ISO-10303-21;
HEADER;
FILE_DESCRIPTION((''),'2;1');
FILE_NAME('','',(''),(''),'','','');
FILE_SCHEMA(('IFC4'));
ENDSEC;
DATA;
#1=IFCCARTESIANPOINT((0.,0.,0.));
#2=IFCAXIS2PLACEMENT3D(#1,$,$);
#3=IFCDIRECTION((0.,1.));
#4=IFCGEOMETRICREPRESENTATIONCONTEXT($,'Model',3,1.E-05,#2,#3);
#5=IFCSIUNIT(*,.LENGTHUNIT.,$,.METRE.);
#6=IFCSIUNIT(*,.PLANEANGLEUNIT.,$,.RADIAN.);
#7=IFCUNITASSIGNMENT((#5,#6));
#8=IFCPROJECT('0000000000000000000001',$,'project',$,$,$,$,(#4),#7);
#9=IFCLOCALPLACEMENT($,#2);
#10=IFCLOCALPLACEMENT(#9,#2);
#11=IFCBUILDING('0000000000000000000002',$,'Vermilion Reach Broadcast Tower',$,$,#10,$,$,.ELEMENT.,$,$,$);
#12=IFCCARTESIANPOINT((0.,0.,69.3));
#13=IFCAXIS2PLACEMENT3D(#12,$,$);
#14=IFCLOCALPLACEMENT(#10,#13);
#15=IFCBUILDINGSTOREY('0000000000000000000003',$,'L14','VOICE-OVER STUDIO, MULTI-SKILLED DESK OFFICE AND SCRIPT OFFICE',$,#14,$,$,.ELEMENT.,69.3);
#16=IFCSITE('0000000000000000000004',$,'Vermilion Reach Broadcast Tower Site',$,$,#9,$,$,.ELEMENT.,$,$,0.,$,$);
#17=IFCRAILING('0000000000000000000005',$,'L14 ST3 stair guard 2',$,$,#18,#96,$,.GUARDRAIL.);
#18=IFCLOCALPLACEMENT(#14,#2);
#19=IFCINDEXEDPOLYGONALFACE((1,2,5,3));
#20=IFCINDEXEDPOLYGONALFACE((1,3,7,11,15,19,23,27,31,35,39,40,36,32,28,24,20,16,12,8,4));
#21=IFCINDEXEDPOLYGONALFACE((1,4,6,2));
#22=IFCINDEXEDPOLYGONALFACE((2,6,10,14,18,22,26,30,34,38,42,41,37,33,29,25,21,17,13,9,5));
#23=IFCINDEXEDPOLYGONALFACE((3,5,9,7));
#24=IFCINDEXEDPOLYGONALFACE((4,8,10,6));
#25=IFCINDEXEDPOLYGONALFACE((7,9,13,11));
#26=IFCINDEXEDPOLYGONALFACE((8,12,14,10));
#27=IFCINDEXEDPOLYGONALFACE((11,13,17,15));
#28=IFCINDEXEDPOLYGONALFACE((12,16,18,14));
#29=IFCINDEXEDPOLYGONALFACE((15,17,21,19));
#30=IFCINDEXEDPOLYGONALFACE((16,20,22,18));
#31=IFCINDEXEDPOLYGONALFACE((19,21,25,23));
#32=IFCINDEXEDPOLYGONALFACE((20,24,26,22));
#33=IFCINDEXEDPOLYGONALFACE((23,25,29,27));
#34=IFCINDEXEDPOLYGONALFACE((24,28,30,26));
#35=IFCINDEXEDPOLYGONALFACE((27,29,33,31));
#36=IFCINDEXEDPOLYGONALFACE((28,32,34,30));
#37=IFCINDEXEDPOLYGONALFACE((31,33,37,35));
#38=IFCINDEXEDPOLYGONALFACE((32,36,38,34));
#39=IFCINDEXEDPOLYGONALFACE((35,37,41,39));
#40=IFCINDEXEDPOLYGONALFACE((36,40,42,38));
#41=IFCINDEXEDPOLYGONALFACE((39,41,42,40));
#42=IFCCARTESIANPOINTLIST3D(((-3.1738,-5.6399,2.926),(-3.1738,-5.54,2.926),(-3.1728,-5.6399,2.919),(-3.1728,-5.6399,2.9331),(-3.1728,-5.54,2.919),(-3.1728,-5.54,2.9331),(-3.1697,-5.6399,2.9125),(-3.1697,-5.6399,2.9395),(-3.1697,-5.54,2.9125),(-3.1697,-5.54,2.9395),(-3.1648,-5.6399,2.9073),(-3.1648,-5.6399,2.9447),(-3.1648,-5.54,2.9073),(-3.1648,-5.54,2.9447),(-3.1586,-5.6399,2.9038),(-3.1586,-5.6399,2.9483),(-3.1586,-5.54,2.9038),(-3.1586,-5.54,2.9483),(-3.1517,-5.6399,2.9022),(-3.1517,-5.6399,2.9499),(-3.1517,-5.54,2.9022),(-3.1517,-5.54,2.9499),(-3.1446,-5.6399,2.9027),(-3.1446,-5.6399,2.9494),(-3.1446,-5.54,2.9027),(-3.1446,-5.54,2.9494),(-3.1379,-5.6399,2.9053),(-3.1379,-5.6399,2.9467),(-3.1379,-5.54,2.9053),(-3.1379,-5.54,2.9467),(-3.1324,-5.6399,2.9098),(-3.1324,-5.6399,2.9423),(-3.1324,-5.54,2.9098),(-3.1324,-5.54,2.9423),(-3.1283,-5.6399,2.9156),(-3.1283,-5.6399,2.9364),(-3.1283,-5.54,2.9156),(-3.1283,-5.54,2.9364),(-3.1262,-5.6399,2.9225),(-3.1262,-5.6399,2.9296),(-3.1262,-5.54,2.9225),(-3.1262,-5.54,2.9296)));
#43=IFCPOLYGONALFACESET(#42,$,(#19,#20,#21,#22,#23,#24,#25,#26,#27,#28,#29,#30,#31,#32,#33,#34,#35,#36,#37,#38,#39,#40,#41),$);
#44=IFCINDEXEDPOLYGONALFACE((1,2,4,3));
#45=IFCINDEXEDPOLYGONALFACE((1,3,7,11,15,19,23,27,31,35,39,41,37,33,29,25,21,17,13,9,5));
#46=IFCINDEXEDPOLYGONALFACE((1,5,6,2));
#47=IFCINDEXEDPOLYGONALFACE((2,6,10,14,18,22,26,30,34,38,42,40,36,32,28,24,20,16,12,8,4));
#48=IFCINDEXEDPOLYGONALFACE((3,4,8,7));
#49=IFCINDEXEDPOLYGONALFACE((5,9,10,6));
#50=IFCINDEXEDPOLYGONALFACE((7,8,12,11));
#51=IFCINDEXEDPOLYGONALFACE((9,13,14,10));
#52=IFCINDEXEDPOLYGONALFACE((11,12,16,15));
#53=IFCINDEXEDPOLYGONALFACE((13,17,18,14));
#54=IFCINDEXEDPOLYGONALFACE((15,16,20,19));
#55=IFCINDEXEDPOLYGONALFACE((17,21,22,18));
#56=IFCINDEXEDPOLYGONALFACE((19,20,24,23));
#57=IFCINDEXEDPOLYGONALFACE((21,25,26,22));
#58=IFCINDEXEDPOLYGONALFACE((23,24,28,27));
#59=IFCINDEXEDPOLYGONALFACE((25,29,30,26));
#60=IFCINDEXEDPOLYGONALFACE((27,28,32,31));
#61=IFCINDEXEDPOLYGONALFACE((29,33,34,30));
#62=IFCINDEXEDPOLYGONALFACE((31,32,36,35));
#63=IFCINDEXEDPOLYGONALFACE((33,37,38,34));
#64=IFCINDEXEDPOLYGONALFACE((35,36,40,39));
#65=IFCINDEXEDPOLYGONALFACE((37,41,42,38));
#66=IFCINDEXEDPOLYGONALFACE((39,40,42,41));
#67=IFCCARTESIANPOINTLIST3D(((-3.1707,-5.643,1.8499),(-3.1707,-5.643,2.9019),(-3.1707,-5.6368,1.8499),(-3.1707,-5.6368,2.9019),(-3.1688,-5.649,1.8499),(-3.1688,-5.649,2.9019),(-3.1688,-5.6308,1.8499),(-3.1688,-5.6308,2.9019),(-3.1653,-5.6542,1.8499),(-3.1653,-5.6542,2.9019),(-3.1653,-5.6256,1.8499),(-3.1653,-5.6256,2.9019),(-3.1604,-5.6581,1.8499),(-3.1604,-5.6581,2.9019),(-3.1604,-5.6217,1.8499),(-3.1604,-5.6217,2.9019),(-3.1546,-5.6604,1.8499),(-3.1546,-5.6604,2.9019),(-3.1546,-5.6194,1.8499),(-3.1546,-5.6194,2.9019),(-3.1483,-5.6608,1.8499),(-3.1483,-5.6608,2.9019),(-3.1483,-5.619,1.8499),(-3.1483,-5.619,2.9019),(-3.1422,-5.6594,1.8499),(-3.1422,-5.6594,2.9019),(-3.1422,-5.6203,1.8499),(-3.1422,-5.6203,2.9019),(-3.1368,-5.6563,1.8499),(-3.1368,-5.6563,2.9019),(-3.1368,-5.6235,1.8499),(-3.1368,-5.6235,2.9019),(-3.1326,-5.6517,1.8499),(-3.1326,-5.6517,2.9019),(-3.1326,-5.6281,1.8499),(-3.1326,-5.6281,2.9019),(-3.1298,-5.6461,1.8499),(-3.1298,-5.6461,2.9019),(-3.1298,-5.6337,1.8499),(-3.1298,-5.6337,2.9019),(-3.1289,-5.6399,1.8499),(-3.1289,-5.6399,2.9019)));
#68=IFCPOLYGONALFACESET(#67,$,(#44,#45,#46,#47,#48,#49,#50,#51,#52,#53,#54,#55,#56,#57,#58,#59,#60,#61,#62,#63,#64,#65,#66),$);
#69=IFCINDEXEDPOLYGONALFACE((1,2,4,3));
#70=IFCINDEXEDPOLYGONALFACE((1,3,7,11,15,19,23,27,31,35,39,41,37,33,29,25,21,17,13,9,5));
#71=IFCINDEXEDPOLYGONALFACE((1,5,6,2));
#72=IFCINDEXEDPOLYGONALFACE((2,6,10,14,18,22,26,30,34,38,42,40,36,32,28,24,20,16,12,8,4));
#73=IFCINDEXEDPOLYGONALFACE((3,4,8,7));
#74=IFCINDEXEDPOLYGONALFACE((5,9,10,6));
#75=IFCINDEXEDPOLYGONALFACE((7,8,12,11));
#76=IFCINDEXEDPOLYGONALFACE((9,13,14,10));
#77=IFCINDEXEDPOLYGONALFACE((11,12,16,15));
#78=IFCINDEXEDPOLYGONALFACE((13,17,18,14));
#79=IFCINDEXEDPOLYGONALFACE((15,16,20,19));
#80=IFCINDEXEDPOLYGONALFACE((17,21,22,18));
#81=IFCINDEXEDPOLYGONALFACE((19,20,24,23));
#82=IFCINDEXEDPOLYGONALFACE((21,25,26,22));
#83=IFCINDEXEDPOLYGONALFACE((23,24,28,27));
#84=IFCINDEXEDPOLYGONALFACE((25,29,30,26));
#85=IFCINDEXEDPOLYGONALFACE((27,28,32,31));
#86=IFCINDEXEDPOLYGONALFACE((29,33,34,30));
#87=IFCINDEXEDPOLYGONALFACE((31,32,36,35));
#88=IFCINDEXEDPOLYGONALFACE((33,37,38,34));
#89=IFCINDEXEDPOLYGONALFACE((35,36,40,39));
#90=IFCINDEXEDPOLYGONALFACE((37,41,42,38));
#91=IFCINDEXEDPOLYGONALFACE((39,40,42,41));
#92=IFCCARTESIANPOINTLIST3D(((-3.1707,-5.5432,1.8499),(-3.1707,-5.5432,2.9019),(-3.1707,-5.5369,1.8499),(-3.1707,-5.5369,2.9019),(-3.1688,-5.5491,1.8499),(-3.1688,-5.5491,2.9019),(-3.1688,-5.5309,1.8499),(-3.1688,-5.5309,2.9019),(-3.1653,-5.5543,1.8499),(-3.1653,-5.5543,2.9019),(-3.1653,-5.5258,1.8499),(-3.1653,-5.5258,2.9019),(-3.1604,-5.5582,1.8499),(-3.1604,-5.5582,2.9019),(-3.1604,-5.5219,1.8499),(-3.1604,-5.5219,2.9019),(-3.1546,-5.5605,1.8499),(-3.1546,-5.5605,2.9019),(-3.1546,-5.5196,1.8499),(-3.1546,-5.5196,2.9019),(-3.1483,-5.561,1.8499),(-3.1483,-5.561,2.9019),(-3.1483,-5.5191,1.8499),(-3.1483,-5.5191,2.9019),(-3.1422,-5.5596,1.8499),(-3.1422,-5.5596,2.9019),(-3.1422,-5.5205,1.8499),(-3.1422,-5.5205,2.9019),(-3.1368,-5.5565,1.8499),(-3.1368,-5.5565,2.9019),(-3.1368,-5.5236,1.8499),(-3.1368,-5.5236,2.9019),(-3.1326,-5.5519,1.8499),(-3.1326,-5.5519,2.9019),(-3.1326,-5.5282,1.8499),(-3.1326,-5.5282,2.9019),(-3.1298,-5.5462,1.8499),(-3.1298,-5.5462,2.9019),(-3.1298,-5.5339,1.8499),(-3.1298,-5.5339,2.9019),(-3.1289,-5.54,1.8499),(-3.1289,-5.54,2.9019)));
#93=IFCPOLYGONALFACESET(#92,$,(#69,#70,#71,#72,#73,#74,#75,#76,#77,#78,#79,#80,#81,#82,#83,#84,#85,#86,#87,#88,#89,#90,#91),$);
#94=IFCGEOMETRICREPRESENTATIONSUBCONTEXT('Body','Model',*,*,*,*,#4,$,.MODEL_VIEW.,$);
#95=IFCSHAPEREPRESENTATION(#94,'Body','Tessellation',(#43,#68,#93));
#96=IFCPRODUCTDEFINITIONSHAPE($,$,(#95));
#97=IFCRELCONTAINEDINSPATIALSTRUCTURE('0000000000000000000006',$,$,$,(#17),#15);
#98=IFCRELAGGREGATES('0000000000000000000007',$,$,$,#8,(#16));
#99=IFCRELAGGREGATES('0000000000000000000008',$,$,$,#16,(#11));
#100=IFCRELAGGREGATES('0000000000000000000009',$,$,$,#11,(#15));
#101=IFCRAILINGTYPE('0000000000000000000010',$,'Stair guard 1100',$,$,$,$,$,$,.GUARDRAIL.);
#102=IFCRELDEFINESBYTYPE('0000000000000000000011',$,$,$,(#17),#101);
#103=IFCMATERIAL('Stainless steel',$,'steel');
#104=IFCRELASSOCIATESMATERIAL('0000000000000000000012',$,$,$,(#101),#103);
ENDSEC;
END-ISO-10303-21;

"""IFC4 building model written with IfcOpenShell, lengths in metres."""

from ifc_helpers import new_model, si_unit, direction, frame, origin, origin_2d, place, context, subcontext, project, spatial, circle, extrude, material, type_object, element, save


model = new_model("IFC4")

# Units and contexts
model_context = context("Model", 3, precision=1e-05, world=origin(), true_north=direction((0.0, 1.0)))
body_context = subcontext(model_context, "Body", "Model", "MODEL_VIEW")
ifc_project = project(units=[si_unit("LENGTHUNIT", "METRE"), si_unit("PLANEANGLEUNIT", "RADIAN")], contexts=[model_context])

# Site, building, storey
site_placement = place(None, origin())
site = spatial("IfcSite", under=ifc_project, at=site_placement, Name="Vermilion Reach Broadcast Tower Site", CompositionType="ELEMENT", RefElevation=0.0)
building_placement = place(site_placement, origin())
building = spatial("IfcBuilding", under=site, at=building_placement, Name="Vermilion Reach Broadcast Tower", CompositionType="ELEMENT")
storey_placement = place(building_placement, frame((0.0, 0.0, 69.3)))
storey = spatial("IfcBuildingStorey", under=building, at=storey_placement, Name="L14", Description="VOICE-OVER STUDIO, MULTI-SKILLED DESK OFFICE AND SCRIPT OFFICE", CompositionType="ELEMENT", Elevation=69.3)

# Railing
ifc_material_1 = material(Name="Stainless steel", Category="steel")
railing_type_1 = type_object("IfcRailingType", Name="Stair guard 1100", PredefinedType="GUARDRAIL", material=ifc_material_1)
railing_1_placement = place(storey_placement, frame((-3.1499, -5.6399, 1.8499)))
element("IfcRailing", 1, at=railing_1_placement, inside=storey, type_object=railing_type_1, Name="L14 ST3 stair guard 2", PredefinedType="GUARDRAIL", context=body_context, shape_type="SweptSolid", body=[
    extrude(circle(Radius=0.0239, at=origin_2d()), frame((0.0, 0.0, 1.0762), z_axis=(0.0, 1.0, 0.0), x_axis=(-1.0, 0.0, 0.0)), (0.0, 0.0, 1.0), 0.0999),
    extrude(circle(Radius=0.021, at=origin_2d()), origin(), (0.0, 0.0, 1.0), 1.052),
    extrude(circle(Radius=0.021, at=origin_2d()), frame((0.0, 0.0999, 0.0)), (0.0, 0.0, 1.0), 1.052),
])

save(model, "model.ifc")
